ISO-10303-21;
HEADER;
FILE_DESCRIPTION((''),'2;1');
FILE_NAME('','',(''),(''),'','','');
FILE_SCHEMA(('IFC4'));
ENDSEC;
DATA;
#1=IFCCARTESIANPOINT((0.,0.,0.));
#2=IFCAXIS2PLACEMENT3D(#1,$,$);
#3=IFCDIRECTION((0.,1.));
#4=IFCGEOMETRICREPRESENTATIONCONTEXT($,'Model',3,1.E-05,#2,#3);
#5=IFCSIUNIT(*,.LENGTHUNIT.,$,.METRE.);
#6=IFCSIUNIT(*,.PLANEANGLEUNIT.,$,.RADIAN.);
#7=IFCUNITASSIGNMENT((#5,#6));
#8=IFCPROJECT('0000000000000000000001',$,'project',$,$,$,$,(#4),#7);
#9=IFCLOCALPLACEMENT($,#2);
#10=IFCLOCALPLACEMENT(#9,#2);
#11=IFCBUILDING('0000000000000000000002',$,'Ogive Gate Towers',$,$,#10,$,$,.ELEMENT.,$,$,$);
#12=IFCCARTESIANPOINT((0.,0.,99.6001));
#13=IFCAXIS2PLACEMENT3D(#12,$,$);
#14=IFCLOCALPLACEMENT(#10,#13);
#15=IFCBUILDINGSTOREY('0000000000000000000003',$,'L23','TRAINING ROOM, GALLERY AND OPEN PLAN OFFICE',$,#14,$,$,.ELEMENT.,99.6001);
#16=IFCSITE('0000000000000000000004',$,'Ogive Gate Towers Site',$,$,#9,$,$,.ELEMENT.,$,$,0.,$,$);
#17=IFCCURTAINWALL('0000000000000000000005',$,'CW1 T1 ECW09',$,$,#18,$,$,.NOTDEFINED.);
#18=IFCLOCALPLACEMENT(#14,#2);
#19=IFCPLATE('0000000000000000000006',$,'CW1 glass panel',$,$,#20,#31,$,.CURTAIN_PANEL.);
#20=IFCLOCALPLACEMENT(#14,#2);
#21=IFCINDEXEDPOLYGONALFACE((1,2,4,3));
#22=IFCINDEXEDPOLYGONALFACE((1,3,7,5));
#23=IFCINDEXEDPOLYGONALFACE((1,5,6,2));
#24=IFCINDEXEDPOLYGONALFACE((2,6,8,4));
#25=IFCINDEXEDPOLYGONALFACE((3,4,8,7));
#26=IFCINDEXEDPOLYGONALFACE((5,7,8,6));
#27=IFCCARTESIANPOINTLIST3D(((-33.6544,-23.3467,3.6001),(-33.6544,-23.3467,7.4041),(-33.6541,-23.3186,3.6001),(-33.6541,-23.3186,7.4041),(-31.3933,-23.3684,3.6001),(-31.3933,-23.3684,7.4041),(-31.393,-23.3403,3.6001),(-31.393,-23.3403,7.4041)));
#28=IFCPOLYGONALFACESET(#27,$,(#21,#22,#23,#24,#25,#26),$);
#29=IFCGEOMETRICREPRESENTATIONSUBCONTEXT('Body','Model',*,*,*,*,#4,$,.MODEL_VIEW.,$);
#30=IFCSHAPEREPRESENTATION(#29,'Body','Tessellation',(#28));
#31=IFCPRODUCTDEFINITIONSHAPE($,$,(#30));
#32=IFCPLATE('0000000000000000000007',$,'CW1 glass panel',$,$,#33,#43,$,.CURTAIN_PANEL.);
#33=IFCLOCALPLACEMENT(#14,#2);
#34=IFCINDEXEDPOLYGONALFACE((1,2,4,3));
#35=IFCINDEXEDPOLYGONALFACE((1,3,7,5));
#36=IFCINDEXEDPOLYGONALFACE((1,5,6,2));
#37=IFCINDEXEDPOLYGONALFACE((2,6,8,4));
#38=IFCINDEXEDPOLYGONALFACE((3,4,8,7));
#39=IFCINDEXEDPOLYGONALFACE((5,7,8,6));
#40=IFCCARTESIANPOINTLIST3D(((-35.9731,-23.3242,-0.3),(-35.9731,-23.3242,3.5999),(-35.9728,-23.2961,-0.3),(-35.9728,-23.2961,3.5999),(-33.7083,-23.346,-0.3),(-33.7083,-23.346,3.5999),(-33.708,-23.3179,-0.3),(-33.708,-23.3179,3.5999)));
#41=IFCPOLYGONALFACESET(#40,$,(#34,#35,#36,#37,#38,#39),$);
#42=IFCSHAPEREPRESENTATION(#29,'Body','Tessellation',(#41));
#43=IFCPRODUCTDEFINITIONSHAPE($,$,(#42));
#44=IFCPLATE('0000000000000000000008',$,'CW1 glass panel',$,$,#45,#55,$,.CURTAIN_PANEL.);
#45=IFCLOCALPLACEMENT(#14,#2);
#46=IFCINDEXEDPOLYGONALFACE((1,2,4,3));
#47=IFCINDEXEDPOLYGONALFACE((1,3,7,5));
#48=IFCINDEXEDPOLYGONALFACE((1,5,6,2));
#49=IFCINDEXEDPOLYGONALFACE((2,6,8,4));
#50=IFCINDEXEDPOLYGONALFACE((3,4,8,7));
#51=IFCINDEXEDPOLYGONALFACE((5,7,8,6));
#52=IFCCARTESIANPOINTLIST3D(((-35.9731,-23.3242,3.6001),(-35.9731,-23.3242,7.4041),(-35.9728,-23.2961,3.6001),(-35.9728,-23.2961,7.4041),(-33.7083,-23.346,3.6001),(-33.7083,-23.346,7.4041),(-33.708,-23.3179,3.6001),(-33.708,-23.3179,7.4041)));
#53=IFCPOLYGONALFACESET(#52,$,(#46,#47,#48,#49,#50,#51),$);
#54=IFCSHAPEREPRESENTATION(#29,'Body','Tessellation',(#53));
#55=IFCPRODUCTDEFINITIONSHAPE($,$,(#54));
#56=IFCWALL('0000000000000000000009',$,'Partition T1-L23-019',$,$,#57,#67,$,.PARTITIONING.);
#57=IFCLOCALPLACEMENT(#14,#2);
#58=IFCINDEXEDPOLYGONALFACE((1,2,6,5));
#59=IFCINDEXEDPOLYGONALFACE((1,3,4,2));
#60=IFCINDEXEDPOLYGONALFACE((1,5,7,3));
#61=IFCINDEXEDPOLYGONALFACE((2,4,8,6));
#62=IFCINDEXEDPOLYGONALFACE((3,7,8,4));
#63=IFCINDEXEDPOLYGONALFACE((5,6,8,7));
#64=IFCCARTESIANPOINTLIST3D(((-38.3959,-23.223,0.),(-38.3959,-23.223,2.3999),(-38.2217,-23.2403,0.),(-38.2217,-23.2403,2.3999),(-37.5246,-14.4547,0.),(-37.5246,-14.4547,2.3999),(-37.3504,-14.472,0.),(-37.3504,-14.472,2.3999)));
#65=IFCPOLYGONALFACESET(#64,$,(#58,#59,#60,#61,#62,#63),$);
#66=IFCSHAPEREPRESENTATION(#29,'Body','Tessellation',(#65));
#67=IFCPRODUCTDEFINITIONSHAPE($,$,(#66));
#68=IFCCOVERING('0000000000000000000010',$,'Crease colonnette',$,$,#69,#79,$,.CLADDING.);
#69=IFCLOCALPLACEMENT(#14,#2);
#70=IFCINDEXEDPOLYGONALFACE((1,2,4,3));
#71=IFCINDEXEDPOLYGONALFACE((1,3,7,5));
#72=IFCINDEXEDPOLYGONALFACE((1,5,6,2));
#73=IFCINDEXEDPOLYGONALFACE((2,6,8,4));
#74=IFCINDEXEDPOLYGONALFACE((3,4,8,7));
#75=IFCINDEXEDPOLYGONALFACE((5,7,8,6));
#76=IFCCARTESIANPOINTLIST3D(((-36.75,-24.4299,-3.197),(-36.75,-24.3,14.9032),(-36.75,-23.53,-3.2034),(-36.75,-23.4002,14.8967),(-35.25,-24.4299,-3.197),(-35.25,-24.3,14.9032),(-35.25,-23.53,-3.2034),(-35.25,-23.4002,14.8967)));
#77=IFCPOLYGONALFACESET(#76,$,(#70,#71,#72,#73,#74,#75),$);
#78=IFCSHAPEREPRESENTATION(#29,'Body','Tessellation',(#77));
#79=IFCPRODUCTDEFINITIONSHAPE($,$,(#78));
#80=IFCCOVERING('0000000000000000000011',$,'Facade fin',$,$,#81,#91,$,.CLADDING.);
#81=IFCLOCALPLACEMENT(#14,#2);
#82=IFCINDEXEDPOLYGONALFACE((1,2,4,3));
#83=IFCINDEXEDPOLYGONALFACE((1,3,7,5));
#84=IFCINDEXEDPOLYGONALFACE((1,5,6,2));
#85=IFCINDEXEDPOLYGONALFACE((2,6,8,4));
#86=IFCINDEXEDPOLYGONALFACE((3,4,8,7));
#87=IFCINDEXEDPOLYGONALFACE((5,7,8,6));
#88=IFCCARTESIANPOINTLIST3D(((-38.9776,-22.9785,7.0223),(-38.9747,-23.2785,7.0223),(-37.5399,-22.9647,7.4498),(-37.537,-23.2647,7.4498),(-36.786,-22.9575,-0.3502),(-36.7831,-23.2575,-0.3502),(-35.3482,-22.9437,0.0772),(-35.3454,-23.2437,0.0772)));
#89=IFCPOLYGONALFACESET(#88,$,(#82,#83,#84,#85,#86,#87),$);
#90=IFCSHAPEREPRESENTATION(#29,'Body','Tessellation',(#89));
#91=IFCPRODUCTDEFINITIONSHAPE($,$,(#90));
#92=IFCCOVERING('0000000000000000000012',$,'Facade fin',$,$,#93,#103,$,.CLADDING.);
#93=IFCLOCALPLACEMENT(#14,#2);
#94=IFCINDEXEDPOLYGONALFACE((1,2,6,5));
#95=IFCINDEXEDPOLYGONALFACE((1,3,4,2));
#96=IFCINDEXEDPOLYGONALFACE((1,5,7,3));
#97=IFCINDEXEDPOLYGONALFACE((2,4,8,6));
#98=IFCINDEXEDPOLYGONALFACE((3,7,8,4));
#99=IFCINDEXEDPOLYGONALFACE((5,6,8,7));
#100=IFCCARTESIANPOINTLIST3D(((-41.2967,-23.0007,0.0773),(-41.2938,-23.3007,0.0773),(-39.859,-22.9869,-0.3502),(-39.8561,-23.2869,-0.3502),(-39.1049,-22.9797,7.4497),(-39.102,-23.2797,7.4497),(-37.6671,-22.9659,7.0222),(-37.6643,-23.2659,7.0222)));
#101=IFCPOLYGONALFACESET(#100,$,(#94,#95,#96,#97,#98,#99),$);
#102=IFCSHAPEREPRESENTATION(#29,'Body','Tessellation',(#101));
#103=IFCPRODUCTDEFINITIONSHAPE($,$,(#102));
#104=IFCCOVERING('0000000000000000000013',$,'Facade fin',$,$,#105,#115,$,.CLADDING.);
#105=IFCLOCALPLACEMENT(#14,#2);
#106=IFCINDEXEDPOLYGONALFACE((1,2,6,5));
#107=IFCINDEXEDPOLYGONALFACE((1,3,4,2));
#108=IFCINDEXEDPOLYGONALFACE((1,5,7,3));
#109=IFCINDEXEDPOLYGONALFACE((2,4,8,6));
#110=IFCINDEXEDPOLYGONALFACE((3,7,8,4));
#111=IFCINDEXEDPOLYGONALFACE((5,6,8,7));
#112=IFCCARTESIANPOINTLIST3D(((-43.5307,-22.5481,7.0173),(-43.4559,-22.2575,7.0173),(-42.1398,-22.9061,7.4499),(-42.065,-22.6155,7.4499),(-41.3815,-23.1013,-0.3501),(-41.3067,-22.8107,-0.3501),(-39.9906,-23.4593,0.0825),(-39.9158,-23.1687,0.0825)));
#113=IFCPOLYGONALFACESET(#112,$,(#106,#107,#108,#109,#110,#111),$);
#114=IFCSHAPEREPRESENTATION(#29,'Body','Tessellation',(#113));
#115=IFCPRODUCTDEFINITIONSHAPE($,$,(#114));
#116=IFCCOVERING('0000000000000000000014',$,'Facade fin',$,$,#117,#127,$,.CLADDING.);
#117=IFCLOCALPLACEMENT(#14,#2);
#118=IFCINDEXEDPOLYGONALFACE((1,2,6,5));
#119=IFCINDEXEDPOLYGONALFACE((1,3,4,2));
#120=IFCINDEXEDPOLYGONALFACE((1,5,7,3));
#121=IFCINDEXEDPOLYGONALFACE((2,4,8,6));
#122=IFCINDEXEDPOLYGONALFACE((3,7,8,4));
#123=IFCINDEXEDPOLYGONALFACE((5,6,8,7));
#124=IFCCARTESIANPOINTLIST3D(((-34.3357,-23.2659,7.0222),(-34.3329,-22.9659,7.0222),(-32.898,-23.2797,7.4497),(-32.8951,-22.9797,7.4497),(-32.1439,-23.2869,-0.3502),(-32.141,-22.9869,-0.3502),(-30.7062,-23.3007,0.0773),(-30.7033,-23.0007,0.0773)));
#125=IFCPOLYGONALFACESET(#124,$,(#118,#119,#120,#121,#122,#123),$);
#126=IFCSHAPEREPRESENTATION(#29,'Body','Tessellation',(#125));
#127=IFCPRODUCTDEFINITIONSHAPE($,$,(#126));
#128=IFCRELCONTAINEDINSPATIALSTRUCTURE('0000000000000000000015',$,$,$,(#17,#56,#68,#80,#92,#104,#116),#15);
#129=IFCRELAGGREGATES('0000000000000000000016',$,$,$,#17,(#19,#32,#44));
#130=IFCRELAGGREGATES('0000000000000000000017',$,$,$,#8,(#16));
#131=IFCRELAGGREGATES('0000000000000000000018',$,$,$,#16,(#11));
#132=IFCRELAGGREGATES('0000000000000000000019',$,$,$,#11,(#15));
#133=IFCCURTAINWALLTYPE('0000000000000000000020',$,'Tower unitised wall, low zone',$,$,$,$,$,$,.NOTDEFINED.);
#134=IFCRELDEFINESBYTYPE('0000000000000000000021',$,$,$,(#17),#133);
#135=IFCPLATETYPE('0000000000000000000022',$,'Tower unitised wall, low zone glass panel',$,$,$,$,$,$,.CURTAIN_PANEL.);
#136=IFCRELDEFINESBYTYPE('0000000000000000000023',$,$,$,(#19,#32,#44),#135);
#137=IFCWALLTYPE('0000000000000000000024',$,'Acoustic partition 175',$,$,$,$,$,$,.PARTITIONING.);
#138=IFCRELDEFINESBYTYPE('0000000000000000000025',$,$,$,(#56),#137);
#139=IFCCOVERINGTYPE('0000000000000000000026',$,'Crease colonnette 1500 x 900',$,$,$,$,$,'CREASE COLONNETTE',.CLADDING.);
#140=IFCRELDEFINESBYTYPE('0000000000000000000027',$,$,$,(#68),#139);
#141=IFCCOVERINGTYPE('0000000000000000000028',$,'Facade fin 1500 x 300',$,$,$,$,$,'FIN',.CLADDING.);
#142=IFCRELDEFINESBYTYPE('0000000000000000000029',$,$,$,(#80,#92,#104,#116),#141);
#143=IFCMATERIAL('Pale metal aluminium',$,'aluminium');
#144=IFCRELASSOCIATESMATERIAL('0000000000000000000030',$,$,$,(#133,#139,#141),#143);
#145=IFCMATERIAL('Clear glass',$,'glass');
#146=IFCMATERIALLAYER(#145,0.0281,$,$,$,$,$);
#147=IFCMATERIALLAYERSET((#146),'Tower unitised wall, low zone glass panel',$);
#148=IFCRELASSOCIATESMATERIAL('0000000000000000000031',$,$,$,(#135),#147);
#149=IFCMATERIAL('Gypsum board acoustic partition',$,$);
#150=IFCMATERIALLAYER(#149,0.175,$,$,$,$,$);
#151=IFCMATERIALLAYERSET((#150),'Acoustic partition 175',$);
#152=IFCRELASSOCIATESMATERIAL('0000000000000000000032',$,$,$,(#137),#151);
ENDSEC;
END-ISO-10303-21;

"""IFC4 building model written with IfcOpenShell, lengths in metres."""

from ifc_helpers import new_model, si_unit, direction, frame, frame_2d, origin, origin_2d, place, context, subcontext, project, spatial, rectangle, extrude, material, layer, layer_set, material_profile, profile_set, type_object, element, aggregate, save


model = new_model("IFC4")

# Units and contexts
model_context = context("Model", 3, precision=1e-05, world=origin(), true_north=direction((0.0, 1.0)))
body_context = subcontext(model_context, "Body", "Model", "MODEL_VIEW")
ifc_project = project(units=[si_unit("LENGTHUNIT", "METRE"), si_unit("PLANEANGLEUNIT", "RADIAN")], contexts=[model_context])

# Site, building, storey
site_placement = place(None, origin())
site = spatial("IfcSite", under=ifc_project, at=site_placement, Name="Ogive Gate Towers Site", CompositionType="ELEMENT", RefElevation=0.0)
building_placement = place(site_placement, origin())
building = spatial("IfcBuilding", under=site, at=building_placement, Name="Ogive Gate Towers", CompositionType="ELEMENT")
storey_placement = place(building_placement, frame((0.0, 0.0, 99.6001)))
storey = spatial("IfcBuildingStorey", under=building, at=storey_placement, Name="L23", Description="TRAINING ROOM, GALLERY AND OPEN PLAN OFFICE", CompositionType="ELEMENT", Elevation=99.6001)

# Shared definitions
ifc_material_1 = material(Name="Pale metal aluminium", Category="aluminium")
curtain_wall_type = type_object("IfcCurtainWallType", Name="Tower unitised wall, low zone", PredefinedType="NOTDEFINED", material=ifc_material_1)

# Curtain wall
curtain_wall_1_placement = place(storey_placement, origin())
curtain_wall_1 = element("IfcCurtainWall", 1, at=curtain_wall_1_placement, inside=storey, type_object=curtain_wall_type, Name="CW1 T1 ECW09", PredefinedType="NOTDEFINED")

# Plates
ifc_material_2 = material(Name="Clear glass", Category="glass")
ifc_layer_1 = layer(ifc_material_2, 0.0281)
ifc_layer_set_1 = layer_set([ifc_layer_1], Name="Tower unitised wall, low zone glass panel")
plate_type = type_object("IfcPlateType", Name="Tower unitised wall, low zone glass panel", PredefinedType="CURTAIN_PANEL", material=ifc_layer_set_1)
plate_1_placement = place(storey_placement, frame((-32.5237, -23.3435, 3.6001), z_axis=(0.0, 0.0, 1.0), x_axis=(-0.999954, 0.009582, 0.0)))
plate_1 = element("IfcPlate", 2, at=plate_1_placement, type_object=plate_type, Name="CW1 glass panel", PredefinedType="CURTAIN_PANEL", context=body_context, shape_type="SweptSolid", body=[
    extrude(rectangle(XDim=2.2612, YDim=0.0281, at=origin_2d()), origin(), (0.0, 0.0, 1.0), 3.804),
])
plate_2_placement = place(storey_placement, frame((-34.8406, -23.321, -0.3), z_axis=(0.0, 0.0, 1.0), x_axis=(-0.999954, 0.009617, 0.0)))
plate_2 = element("IfcPlate", 3, at=plate_2_placement, type_object=plate_type, Name="CW1 glass panel", PredefinedType="CURTAIN_PANEL", context=body_context, shape_type="SweptSolid", body=[
    extrude(rectangle(XDim=2.2649, YDim=0.0281, at=origin_2d()), origin(), (0.0, 0.0, 1.0), 3.8999),
])
plate_3_placement = place(storey_placement, frame((-34.8406, -23.321, 3.6001), z_axis=(0.0, 0.0, 1.0), x_axis=(-0.999954, 0.009617, 0.0)))
plate_3 = element("IfcPlate", 4, at=plate_3_placement, type_object=plate_type, Name="CW1 glass panel", PredefinedType="CURTAIN_PANEL", context=body_context, shape_type="SweptSolid", body=[
    extrude(rectangle(XDim=2.2649, YDim=0.0281, at=origin_2d()), origin(), (0.0, 0.0, 1.0), 3.804),
])
aggregate(curtain_wall_1, [plate_1, plate_2, plate_3])

# Wall
ifc_material_3 = material(Name="Gypsum board acoustic partition")
ifc_layer_2 = layer(ifc_material_3, 0.175)
ifc_layer_set_2 = layer_set([ifc_layer_2], Name="Acoustic partition 175")
wall_type = type_object("IfcWallType", Name="Acoustic partition 175", PredefinedType="PARTITIONING", material=ifc_layer_set_2)
wall_placement = place(storey_placement, frame((-38.3088, -23.2317, 0.0), z_axis=(0.0, 0.0, 1.0), x_axis=(0.098886, 0.995099, 0.0)))
element("IfcWall", 5, at=wall_placement, inside=storey, type_object=wall_type, Name="Partition T1-L23-019", PredefinedType="PARTITIONING", context=body_context, shape_type="SweptSolid", body=[
    extrude(rectangle(XDim=8.8115, YDim=0.175, at=frame_2d((4.4058, 0.0))), origin(), (0.0, 0.0, 1.0), 2.3999),
])

# Coverings
ifc_material_profile_1 = material_profile(ifc_material_1, rectangle(XDim=1.5, YDim=0.8999, at=origin_2d()), Name="1500 x 900 pale metal aluminium")
ifc_profile_set_1 = profile_set([ifc_material_profile_1], Name="Pale metal aluminium")
covering_type_1 = type_object("IfcCoveringType", Name="Crease colonnette 1500 x 900", ElementType="CREASE COLONNETTE", PredefinedType="CLADDING", material=ifc_profile_set_1)
covering_1_placement = place(storey_placement, frame((-36.0, -23.98, -3.2002), z_axis=(0.0, 0.007176, 0.999974), x_axis=(-1.0, 0.0, 0.0)))
element("IfcCovering", 6, at=covering_1_placement, inside=storey, type_object=covering_type_1, Name="Crease colonnette", PredefinedType="CLADDING", context=body_context, shape_type="SweptSolid", body=[
    extrude(rectangle(XDim=1.5, YDim=0.8999, at=origin_2d()), origin(), (0.0, 0.0, 1.0), 18.1006),
])
ifc_material_profile_2 = material_profile(ifc_material_1, rectangle(XDim=0.3, YDim=1.5, at=origin_2d()), Name="1500 x 300 pale metal aluminium")
ifc_profile_set_2 = profile_set([ifc_material_profile_2], Name="Pale metal aluminium")
covering_type_2 = type_object("IfcCoveringType", Name="Facade fin 1500 x 300", ElementType="FIN", PredefinedType="CLADDING", material=ifc_profile_set_2)
for number, where, z_axis, x_axis, name in (
    (7, (-36.0657, -23.1006, -0.1365), (-0.284946, -0.00273, 0.95854), (0.00958, -0.999954, 0.0), "Facade fin"),
    (8, (-40.5764, -23.1438, -0.1365), (0.284976, 0.00273, 0.958531), (-0.009579, 0.999954, 0.0), "Facade fin"),
):
    element("IfcCovering", number, at=place(storey_placement, frame(where, z_axis=z_axis, x_axis=x_axis)), inside=storey, type_object=covering_type_2, Name=name, PredefinedType="CLADDING", context=body_context, shape_type="SweptSolid", body=[
        extrude(rectangle(XDim=0.3, YDim=1.5, at=origin_2d()), origin(), (0.0, 0.0, 1.0), 7.6914),
    ])
covering_2_placement = place(storey_placement, frame((-40.6487, -23.135, -0.1338), z_axis=(-0.279316, 0.071899, 0.957504), x_axis=(-0.249286, -0.96843, 0.0)))
element("IfcCovering", 9, at=covering_2_placement, inside=storey, type_object=covering_type_2, Name="Facade fin", PredefinedType="CLADDING", context=body_context, shape_type="SweptSolid", body=[
    extrude(rectangle(XDim=0.3, YDim=1.5, at=origin_2d()), origin(), (0.0, 0.0, 1.0), 7.6943),
])
covering_3_placement = place(storey_placement, frame((-31.4236, -23.1438, -0.1365), z_axis=(-0.284976, 0.00273, 0.958531), x_axis=(-0.009579, -0.999954, 0.0)))
element("IfcCovering", 10, at=covering_3_placement, inside=storey, type_object=covering_type_2, Name="Facade fin", PredefinedType="CLADDING", context=body_context, shape_type="SweptSolid", body=[
    extrude(rectangle(XDim=0.3, YDim=1.5, at=origin_2d()), origin(), (0.0, 0.0, 1.0), 7.6914),
])

save(model, "model.ifc")
